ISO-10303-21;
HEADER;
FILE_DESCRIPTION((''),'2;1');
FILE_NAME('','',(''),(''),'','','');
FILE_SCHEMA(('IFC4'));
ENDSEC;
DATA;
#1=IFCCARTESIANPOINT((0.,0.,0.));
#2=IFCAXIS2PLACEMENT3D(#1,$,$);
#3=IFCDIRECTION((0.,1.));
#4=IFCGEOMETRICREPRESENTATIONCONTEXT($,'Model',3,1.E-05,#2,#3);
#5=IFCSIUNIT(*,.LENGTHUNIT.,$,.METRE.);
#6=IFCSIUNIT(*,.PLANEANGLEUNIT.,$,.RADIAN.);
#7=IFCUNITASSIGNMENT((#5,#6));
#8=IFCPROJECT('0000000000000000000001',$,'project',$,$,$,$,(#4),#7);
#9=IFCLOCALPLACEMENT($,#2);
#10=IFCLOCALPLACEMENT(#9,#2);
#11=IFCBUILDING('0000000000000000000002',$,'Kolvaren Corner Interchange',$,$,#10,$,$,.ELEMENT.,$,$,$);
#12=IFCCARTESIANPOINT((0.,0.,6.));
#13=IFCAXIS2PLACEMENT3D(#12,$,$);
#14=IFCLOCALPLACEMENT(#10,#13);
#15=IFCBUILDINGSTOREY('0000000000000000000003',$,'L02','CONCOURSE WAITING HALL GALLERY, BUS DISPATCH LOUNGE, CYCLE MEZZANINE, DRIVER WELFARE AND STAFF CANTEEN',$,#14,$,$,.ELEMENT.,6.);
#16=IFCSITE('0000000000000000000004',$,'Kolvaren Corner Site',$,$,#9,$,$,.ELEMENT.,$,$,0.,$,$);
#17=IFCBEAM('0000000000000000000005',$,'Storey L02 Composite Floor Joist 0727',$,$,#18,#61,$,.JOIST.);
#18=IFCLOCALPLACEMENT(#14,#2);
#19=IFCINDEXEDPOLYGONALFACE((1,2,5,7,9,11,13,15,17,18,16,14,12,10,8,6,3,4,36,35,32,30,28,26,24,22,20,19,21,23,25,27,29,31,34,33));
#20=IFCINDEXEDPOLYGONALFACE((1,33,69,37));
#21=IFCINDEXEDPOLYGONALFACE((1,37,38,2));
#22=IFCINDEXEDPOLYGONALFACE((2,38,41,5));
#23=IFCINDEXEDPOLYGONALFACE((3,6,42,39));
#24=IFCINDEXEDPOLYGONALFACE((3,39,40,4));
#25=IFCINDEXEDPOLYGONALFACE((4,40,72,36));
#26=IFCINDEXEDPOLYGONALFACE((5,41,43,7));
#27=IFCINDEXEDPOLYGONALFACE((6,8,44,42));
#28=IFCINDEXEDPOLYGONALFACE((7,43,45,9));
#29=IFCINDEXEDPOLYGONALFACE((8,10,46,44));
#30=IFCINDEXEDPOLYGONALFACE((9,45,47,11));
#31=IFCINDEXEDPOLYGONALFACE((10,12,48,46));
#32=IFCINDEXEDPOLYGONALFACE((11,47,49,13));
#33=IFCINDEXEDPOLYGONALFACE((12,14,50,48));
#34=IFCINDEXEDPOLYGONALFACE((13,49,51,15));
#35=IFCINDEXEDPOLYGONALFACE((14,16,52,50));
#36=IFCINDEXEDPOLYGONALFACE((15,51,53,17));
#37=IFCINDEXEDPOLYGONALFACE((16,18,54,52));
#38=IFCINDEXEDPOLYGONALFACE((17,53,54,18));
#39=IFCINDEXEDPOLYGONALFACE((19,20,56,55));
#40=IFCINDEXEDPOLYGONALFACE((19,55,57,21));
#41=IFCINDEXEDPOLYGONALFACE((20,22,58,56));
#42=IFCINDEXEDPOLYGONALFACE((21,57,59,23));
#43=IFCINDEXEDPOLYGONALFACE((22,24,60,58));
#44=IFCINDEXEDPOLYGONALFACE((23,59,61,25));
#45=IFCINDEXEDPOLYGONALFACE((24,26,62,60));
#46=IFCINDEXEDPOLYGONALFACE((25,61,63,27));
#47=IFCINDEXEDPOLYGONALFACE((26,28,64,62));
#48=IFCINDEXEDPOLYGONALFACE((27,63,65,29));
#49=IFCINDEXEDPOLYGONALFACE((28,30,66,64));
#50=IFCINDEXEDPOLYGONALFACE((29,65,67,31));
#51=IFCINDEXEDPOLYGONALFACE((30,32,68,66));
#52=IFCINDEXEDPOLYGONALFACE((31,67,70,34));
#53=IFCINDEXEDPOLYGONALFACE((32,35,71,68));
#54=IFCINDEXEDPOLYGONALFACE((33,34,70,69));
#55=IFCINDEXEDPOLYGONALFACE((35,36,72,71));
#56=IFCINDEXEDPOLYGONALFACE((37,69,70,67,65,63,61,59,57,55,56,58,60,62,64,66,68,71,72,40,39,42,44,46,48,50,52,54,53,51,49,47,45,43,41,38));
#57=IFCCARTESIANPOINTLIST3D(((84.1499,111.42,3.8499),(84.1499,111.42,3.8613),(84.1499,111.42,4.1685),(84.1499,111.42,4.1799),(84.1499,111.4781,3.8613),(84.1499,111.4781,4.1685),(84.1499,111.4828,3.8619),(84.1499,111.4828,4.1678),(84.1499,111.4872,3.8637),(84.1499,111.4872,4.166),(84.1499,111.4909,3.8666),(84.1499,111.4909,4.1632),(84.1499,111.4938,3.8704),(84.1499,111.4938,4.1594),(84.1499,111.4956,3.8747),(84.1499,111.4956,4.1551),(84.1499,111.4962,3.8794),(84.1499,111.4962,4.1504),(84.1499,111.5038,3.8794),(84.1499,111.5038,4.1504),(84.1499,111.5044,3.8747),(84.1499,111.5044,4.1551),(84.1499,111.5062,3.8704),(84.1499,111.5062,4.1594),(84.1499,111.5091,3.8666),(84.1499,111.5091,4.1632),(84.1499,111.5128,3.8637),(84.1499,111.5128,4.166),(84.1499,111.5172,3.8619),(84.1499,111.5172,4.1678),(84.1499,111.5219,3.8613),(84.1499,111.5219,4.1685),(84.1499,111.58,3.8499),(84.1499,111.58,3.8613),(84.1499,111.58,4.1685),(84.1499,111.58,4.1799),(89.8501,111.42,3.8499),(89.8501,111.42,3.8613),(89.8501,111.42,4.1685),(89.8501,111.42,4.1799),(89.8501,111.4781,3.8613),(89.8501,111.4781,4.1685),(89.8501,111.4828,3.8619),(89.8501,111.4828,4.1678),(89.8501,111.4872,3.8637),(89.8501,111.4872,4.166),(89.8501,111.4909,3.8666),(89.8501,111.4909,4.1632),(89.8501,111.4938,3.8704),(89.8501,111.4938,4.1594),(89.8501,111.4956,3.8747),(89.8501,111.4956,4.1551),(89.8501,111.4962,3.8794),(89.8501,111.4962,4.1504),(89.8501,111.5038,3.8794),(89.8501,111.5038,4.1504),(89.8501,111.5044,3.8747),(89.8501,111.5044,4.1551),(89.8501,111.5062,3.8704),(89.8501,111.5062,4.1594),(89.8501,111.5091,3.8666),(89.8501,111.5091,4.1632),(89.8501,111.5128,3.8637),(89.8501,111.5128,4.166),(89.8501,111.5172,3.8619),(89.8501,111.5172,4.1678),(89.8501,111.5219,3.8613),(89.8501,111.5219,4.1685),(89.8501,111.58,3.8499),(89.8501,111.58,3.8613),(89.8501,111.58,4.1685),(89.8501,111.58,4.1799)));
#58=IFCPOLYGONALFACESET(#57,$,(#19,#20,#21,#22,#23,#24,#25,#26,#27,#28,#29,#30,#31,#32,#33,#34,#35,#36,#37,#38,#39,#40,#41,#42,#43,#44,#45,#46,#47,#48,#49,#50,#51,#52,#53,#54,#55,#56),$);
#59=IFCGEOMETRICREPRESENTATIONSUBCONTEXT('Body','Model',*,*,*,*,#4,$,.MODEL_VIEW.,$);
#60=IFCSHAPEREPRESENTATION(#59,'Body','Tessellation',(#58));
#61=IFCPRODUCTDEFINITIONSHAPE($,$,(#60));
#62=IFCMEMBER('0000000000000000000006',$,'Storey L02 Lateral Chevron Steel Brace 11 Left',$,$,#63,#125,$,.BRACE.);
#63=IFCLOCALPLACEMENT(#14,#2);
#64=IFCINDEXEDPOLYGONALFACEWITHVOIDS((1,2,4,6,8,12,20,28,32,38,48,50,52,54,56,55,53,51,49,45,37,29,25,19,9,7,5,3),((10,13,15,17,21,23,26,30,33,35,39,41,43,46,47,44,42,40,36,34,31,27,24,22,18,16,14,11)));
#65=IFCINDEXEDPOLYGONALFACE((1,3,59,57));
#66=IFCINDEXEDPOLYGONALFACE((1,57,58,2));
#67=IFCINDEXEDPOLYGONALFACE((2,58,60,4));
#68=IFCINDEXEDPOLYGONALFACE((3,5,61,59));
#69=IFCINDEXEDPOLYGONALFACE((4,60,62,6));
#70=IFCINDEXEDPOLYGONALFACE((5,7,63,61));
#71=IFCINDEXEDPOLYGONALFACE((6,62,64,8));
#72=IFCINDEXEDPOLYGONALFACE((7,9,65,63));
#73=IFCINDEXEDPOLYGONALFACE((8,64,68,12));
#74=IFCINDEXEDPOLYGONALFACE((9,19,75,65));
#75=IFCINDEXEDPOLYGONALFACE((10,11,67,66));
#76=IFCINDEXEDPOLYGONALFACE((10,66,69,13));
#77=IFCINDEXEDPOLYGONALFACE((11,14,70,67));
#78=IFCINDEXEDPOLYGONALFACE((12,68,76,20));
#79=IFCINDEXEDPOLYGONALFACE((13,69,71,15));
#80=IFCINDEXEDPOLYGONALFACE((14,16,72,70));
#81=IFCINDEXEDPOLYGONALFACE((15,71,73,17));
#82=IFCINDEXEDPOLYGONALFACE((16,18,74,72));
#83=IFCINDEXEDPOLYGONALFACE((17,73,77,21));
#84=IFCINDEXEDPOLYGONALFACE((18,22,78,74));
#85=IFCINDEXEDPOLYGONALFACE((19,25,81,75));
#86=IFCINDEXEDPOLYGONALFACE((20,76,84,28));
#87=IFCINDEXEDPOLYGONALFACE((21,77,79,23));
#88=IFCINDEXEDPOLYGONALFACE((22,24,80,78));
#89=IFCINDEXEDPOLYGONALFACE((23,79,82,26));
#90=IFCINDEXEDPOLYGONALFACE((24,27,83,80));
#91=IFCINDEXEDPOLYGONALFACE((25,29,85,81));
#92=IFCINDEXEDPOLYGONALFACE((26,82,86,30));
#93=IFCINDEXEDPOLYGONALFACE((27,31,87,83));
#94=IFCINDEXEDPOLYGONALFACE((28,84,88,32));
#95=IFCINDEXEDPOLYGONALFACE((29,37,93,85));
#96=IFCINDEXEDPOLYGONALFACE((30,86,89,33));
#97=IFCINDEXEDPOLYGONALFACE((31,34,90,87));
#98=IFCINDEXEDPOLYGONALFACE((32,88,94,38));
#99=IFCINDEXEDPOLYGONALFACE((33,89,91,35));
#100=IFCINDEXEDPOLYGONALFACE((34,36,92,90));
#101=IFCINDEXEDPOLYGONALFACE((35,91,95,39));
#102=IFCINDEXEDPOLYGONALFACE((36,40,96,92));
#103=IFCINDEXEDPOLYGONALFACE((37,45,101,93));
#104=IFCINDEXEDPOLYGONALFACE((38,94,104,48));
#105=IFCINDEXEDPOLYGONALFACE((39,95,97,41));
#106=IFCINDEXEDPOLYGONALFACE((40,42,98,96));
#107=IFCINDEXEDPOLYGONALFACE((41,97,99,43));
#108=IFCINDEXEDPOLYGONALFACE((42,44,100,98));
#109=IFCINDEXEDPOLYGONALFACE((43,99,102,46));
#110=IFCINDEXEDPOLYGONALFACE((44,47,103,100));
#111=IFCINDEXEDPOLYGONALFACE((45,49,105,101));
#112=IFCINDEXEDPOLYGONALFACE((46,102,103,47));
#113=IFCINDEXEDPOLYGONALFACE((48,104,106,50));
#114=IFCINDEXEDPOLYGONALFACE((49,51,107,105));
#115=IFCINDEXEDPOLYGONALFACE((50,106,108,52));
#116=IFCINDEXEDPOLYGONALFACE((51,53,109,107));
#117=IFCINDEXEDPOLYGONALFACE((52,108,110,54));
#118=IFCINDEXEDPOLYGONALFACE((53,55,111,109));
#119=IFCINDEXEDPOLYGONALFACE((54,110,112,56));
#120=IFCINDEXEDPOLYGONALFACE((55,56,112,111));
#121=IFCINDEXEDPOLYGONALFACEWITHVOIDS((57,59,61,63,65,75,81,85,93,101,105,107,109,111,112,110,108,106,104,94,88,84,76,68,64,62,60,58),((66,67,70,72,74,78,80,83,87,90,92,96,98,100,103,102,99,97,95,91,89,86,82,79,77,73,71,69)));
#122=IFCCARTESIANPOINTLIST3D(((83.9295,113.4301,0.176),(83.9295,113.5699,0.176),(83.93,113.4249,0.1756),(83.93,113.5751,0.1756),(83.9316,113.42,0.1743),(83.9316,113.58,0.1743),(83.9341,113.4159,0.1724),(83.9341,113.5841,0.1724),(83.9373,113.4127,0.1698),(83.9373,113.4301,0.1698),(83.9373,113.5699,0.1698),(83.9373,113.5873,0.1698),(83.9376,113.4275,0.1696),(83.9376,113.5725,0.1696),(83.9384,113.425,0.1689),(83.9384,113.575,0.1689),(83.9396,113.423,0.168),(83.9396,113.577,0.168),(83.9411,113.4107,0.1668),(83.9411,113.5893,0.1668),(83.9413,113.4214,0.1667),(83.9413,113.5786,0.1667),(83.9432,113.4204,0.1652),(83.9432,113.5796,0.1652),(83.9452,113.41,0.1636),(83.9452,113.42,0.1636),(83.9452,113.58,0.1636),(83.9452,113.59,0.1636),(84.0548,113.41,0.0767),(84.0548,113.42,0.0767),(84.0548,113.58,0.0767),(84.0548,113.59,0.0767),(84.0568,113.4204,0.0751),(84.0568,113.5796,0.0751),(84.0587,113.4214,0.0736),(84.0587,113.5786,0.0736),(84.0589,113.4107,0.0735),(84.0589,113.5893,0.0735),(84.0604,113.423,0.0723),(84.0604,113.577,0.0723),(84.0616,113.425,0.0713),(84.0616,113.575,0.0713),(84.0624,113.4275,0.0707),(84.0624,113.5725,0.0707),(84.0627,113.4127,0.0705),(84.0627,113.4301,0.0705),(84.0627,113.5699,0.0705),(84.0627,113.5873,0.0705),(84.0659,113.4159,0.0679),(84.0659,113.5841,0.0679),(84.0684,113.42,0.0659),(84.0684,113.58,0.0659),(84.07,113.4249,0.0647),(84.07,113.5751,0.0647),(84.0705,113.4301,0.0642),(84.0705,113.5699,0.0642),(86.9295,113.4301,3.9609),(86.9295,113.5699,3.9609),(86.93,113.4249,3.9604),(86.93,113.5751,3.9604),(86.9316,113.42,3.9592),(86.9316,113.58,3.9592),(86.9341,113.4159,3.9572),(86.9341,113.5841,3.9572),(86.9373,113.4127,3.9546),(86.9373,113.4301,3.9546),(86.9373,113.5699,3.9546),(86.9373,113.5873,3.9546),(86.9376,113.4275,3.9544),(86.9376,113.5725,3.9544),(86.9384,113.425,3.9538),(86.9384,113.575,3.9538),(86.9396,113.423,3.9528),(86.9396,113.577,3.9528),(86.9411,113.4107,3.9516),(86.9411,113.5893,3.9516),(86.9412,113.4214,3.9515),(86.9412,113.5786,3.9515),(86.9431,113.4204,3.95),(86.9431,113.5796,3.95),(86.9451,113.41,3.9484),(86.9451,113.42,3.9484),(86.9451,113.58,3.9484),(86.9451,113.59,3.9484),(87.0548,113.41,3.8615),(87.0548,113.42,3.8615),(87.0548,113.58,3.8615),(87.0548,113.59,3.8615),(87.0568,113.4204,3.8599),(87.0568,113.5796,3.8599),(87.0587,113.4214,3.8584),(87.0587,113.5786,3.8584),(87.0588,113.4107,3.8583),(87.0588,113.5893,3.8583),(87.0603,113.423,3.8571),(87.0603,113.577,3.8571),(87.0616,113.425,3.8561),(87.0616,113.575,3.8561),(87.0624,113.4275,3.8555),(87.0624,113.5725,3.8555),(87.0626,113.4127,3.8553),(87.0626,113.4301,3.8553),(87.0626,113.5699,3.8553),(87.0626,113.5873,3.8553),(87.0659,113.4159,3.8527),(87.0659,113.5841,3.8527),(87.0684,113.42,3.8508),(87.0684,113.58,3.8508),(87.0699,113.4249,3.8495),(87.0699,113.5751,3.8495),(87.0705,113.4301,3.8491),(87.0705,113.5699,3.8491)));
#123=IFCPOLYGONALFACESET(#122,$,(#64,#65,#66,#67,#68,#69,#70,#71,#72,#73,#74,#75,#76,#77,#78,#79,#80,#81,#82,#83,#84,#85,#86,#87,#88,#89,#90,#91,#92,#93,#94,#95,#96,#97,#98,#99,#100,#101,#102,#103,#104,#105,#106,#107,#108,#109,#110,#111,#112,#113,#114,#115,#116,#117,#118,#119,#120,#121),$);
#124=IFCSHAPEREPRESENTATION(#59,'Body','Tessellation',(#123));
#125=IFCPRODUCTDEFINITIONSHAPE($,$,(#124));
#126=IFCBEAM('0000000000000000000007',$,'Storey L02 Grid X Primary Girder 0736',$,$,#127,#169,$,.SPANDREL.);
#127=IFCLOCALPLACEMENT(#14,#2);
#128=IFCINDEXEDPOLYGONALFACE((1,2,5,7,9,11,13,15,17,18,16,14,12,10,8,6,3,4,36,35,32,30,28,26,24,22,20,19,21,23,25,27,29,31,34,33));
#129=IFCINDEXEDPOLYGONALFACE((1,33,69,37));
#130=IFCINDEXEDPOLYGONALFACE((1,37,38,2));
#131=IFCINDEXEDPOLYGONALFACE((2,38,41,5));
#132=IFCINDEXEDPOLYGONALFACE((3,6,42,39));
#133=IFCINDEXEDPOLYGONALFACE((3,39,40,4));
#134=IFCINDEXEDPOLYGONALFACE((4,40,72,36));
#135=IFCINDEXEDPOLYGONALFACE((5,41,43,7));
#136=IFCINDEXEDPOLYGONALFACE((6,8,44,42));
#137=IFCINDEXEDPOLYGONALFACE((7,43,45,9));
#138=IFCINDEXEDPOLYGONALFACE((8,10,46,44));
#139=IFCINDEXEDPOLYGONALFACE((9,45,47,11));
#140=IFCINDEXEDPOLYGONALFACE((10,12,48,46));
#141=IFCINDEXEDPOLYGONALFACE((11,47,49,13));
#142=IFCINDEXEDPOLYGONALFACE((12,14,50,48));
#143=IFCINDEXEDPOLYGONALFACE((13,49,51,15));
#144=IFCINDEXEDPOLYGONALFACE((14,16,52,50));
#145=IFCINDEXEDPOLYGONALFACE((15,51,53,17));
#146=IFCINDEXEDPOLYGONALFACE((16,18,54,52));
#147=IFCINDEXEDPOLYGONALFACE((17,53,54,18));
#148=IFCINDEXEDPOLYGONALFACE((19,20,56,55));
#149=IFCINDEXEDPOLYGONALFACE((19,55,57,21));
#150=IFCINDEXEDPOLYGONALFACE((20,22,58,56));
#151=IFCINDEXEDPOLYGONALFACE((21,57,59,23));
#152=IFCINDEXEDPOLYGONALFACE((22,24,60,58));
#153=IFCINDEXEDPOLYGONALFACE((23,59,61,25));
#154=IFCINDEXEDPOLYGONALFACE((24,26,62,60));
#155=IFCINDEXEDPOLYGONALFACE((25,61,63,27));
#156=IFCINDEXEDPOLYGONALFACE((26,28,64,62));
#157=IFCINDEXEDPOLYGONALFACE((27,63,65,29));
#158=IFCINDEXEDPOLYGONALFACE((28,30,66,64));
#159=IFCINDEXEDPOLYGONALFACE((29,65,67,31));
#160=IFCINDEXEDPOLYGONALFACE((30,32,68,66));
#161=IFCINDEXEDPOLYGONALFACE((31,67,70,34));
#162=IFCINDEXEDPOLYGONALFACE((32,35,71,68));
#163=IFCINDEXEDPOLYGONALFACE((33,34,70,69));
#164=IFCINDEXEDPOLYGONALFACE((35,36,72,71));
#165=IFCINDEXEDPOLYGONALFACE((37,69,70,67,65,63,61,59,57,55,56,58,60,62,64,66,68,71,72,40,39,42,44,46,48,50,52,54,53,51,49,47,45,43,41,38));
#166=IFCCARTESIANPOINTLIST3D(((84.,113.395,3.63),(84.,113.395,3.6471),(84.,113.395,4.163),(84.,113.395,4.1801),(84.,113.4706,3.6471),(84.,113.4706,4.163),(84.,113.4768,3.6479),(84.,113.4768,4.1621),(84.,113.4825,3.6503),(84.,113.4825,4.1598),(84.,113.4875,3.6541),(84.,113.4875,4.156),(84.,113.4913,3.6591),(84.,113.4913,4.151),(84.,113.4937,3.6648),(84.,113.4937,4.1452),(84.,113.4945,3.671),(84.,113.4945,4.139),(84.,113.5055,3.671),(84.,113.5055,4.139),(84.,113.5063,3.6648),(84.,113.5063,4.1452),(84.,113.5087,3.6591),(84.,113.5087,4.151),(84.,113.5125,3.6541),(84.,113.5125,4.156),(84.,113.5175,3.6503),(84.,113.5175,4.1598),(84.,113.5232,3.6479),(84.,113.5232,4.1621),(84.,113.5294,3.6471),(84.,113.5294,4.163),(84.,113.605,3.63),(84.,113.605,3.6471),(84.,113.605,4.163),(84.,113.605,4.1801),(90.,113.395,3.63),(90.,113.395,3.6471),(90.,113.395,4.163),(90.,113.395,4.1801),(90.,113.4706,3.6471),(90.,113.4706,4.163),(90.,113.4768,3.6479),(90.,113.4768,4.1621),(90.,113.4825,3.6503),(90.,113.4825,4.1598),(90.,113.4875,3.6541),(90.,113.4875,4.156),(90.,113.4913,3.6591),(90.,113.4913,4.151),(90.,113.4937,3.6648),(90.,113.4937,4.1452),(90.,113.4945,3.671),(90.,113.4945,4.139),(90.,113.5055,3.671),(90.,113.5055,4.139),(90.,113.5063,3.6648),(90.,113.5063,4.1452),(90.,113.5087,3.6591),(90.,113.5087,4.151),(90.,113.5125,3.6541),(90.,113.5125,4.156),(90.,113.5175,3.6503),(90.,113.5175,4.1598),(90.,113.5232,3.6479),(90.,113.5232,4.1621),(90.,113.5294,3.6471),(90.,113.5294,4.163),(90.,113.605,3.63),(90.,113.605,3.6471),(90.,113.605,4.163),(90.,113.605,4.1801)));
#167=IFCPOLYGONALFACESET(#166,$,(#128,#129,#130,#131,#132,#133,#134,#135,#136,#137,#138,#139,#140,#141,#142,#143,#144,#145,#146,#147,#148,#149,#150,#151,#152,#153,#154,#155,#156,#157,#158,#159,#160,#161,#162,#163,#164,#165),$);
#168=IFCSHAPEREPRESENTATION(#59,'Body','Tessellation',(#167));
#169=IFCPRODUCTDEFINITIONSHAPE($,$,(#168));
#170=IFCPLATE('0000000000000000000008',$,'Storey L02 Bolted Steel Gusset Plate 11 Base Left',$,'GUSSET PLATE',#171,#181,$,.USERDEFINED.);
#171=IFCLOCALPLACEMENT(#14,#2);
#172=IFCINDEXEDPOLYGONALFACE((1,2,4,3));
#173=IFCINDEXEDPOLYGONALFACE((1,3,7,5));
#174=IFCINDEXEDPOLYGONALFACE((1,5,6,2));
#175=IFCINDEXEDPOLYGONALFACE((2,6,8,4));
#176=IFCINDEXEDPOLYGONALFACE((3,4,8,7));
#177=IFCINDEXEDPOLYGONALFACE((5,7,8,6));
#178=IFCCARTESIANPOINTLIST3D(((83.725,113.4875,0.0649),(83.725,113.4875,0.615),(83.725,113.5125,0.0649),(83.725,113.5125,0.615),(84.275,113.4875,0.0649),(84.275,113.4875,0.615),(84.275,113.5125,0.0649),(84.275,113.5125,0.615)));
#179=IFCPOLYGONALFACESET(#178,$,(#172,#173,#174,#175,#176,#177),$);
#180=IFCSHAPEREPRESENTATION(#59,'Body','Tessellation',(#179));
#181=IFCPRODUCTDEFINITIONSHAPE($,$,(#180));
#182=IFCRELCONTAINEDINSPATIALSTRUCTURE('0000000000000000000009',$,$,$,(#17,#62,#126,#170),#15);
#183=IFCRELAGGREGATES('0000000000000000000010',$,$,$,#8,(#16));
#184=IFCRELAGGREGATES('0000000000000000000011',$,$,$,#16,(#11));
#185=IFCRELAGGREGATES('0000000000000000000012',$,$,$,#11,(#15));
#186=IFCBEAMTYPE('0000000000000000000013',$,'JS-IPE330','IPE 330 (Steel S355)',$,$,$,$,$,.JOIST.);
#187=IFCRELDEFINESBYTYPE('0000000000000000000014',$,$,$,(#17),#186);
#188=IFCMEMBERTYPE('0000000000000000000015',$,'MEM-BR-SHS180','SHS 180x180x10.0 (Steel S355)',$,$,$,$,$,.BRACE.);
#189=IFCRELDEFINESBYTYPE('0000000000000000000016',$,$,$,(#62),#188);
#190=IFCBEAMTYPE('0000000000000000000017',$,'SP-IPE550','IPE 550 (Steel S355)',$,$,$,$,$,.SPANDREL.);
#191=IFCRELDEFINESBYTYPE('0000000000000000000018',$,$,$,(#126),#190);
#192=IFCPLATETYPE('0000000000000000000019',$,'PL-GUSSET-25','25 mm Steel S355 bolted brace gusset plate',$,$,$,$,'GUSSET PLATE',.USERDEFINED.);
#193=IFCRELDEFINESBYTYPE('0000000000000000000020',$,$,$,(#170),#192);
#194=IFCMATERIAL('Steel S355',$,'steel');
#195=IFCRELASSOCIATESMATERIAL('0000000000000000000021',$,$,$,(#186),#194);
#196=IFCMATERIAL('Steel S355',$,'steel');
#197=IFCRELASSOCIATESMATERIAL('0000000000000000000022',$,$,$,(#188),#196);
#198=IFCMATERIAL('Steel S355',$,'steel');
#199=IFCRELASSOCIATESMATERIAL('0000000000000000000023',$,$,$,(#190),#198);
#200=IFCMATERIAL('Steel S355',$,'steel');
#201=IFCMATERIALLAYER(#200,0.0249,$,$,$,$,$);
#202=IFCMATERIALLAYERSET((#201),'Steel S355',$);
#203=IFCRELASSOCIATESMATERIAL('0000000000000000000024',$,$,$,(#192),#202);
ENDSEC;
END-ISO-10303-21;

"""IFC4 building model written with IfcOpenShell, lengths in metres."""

from ifc_helpers import new_model, si_unit, direction, frame, origin, origin_2d, place, context, subcontext, project, spatial, rectangle, hollow_rectangle, i_section, extrude, material, layer, layer_set, material_profile, profile_set, type_object, element, save


model = new_model("IFC4")

# Units and contexts
model_context = context("Model", 3, precision=1e-05, world=origin(), true_north=direction((0.0, 1.0)))
body_context = subcontext(model_context, "Body", "Model", "MODEL_VIEW")
ifc_project = project(units=[si_unit("LENGTHUNIT", "METRE"), si_unit("PLANEANGLEUNIT", "RADIAN")], contexts=[model_context])

# Site, building, storey
site_placement = place(None, origin())
site = spatial("IfcSite", under=ifc_project, at=site_placement, Name="Kolvaren Corner Site", CompositionType="ELEMENT", RefElevation=0.0)
building_placement = place(site_placement, origin())
building = spatial("IfcBuilding", under=site, at=building_placement, Name="Kolvaren Corner Interchange", CompositionType="ELEMENT")
storey_placement = place(building_placement, frame((0.0, 0.0, 6.0)))
storey = spatial("IfcBuildingStorey", under=building, at=storey_placement, Name="L02", Description="CONCOURSE WAITING HALL GALLERY, BUS DISPATCH LOUNGE, CYCLE MEZZANINE, DRIVER WELFARE AND STAFF CANTEEN", CompositionType="ELEMENT", Elevation=6.0)

# Beam
ifc_material_1 = material(Name="Steel S355", Category="steel")
ifc_material_profile_1 = material_profile(ifc_material_1, i_section(OverallWidth=0.1599, OverallDepth=0.3301, WebThickness=0.0076, FlangeThickness=0.0115, FilletRadius=0.0181, at=origin_2d()), Name="IPE 330")
ifc_profile_set_1 = profile_set([ifc_material_profile_1], Name="Steel S355")
beam_type_1 = type_object("IfcBeamType", Name="JS-IPE330", Description="IPE 330 (Steel S355)", PredefinedType="JOIST", material=ifc_profile_set_1)
for number, where, z_axis, x_axis, name in (
    (1, (84.1499, 111.5, 4.0149), (1.0, 0.0, 0.0), (0.0, 1.0, 0.0), "Storey L02 Composite Floor Joist 0727"),
):
    element("IfcBeam", number, at=place(storey_placement, frame(where, z_axis=z_axis, x_axis=x_axis)), inside=storey, type_object=beam_type_1, Name=name, PredefinedType="JOIST", context=body_context, shape_type="SweptSolid", body=[
        extrude(i_section(OverallWidth=0.1599, OverallDepth=0.3301, WebThickness=0.0076, FlangeThickness=0.0115, FilletRadius=0.0181, at=origin_2d()), origin(), (0.0, 0.0, 1.0), 5.7002),
    ])

# Member
ifc_material_2 = material(Name="Steel S355", Category="steel")
ifc_material_profile_2 = material_profile(ifc_material_2, hollow_rectangle(XDim=0.1799, YDim=0.1799, WallThickness=0.01, InnerFilletRadius=0.01, OuterFilletRadius=0.02, at=origin_2d()), Name="SHS 180x180x10.0")
ifc_profile_set_2 = profile_set([ifc_material_profile_2], Name="Steel S355")
member_type = type_object("IfcMemberType", Name="MEM-BR-SHS180", Description="SHS 180x180x10.0 (Steel S355)", PredefinedType="BRACE", material=ifc_profile_set_2)
member_placement = place(storey_placement, frame((84.0, 113.5, 0.1201), z_axis=(0.621162, 0.0, 0.783682), x_axis=(0.0, 1.0, 0.0)))
element("IfcMember", 2, at=member_placement, inside=storey, type_object=member_type, Name="Storey L02 Lateral Chevron Steel Brace 11 Left", PredefinedType="BRACE", context=body_context, shape_type="SweptSolid", body=[
    extrude(hollow_rectangle(XDim=0.1799, YDim=0.1799, WallThickness=0.01, InnerFilletRadius=0.01, OuterFilletRadius=0.02, at=origin_2d()), origin(), (0.0, 0.0, 1.0), 4.8296),
])

# Beam
ifc_material_3 = material(Name="Steel S355", Category="steel")
ifc_material_profile_3 = material_profile(ifc_material_3, i_section(OverallWidth=0.21, OverallDepth=0.55, WebThickness=0.011, FlangeThickness=0.0171, FilletRadius=0.0239, at=origin_2d()), Name="IPE 550")
ifc_profile_set_3 = profile_set([ifc_material_profile_3], Name="Steel S355")
beam_type_2 = type_object("IfcBeamType", Name="SP-IPE550", Description="IPE 550 (Steel S355)", PredefinedType="SPANDREL", material=ifc_profile_set_3)
beam_1_placement = place(storey_placement, frame((84.0, 113.5, 3.905), z_axis=(1.0, 0.0, 0.0), x_axis=(0.0, 1.0, 0.0)))
element("IfcBeam", 3, at=beam_1_placement, inside=storey, type_object=beam_type_2, Name="Storey L02 Grid X Primary Girder 0736", PredefinedType="SPANDREL", context=body_context, shape_type="SweptSolid", body=[
    extrude(i_section(OverallWidth=0.21, OverallDepth=0.55, WebThickness=0.011, FlangeThickness=0.0171, FilletRadius=0.0239, at=origin_2d()), origin(), (0.0, 0.0, 1.0), 6.0),
])

# Plate
ifc_material_4 = material(Name="Steel S355", Category="steel")
ifc_layer_1 = layer(ifc_material_4, 0.0249)
ifc_layer_set_1 = layer_set([ifc_layer_1], Name="Steel S355")
plate_type = type_object("IfcPlateType", Name="PL-GUSSET-25", Description="25 mm Steel S355 bolted brace gusset plate", ElementType="GUSSET PLATE", PredefinedType="USERDEFINED", material=ifc_layer_set_1)
plate_placement = place(storey_placement, frame((84.0, 113.5, 0.0649), z_axis=(0.0, 0.0, 1.0), x_axis=(1.0, 0.0, 0.0)))
element("IfcPlate", 4, at=plate_placement, inside=storey, type_object=plate_type, Name="Storey L02 Bolted Steel Gusset Plate 11 Base Left", ObjectType="GUSSET PLATE", PredefinedType="USERDEFINED", context=body_context, shape_type="SweptSolid", body=[
    extrude(rectangle(XDim=0.55, YDim=0.0249, at=origin_2d()), origin(), (0.0, 0.0, 1.0), 0.55),
])

save(model, "model.ifc")
